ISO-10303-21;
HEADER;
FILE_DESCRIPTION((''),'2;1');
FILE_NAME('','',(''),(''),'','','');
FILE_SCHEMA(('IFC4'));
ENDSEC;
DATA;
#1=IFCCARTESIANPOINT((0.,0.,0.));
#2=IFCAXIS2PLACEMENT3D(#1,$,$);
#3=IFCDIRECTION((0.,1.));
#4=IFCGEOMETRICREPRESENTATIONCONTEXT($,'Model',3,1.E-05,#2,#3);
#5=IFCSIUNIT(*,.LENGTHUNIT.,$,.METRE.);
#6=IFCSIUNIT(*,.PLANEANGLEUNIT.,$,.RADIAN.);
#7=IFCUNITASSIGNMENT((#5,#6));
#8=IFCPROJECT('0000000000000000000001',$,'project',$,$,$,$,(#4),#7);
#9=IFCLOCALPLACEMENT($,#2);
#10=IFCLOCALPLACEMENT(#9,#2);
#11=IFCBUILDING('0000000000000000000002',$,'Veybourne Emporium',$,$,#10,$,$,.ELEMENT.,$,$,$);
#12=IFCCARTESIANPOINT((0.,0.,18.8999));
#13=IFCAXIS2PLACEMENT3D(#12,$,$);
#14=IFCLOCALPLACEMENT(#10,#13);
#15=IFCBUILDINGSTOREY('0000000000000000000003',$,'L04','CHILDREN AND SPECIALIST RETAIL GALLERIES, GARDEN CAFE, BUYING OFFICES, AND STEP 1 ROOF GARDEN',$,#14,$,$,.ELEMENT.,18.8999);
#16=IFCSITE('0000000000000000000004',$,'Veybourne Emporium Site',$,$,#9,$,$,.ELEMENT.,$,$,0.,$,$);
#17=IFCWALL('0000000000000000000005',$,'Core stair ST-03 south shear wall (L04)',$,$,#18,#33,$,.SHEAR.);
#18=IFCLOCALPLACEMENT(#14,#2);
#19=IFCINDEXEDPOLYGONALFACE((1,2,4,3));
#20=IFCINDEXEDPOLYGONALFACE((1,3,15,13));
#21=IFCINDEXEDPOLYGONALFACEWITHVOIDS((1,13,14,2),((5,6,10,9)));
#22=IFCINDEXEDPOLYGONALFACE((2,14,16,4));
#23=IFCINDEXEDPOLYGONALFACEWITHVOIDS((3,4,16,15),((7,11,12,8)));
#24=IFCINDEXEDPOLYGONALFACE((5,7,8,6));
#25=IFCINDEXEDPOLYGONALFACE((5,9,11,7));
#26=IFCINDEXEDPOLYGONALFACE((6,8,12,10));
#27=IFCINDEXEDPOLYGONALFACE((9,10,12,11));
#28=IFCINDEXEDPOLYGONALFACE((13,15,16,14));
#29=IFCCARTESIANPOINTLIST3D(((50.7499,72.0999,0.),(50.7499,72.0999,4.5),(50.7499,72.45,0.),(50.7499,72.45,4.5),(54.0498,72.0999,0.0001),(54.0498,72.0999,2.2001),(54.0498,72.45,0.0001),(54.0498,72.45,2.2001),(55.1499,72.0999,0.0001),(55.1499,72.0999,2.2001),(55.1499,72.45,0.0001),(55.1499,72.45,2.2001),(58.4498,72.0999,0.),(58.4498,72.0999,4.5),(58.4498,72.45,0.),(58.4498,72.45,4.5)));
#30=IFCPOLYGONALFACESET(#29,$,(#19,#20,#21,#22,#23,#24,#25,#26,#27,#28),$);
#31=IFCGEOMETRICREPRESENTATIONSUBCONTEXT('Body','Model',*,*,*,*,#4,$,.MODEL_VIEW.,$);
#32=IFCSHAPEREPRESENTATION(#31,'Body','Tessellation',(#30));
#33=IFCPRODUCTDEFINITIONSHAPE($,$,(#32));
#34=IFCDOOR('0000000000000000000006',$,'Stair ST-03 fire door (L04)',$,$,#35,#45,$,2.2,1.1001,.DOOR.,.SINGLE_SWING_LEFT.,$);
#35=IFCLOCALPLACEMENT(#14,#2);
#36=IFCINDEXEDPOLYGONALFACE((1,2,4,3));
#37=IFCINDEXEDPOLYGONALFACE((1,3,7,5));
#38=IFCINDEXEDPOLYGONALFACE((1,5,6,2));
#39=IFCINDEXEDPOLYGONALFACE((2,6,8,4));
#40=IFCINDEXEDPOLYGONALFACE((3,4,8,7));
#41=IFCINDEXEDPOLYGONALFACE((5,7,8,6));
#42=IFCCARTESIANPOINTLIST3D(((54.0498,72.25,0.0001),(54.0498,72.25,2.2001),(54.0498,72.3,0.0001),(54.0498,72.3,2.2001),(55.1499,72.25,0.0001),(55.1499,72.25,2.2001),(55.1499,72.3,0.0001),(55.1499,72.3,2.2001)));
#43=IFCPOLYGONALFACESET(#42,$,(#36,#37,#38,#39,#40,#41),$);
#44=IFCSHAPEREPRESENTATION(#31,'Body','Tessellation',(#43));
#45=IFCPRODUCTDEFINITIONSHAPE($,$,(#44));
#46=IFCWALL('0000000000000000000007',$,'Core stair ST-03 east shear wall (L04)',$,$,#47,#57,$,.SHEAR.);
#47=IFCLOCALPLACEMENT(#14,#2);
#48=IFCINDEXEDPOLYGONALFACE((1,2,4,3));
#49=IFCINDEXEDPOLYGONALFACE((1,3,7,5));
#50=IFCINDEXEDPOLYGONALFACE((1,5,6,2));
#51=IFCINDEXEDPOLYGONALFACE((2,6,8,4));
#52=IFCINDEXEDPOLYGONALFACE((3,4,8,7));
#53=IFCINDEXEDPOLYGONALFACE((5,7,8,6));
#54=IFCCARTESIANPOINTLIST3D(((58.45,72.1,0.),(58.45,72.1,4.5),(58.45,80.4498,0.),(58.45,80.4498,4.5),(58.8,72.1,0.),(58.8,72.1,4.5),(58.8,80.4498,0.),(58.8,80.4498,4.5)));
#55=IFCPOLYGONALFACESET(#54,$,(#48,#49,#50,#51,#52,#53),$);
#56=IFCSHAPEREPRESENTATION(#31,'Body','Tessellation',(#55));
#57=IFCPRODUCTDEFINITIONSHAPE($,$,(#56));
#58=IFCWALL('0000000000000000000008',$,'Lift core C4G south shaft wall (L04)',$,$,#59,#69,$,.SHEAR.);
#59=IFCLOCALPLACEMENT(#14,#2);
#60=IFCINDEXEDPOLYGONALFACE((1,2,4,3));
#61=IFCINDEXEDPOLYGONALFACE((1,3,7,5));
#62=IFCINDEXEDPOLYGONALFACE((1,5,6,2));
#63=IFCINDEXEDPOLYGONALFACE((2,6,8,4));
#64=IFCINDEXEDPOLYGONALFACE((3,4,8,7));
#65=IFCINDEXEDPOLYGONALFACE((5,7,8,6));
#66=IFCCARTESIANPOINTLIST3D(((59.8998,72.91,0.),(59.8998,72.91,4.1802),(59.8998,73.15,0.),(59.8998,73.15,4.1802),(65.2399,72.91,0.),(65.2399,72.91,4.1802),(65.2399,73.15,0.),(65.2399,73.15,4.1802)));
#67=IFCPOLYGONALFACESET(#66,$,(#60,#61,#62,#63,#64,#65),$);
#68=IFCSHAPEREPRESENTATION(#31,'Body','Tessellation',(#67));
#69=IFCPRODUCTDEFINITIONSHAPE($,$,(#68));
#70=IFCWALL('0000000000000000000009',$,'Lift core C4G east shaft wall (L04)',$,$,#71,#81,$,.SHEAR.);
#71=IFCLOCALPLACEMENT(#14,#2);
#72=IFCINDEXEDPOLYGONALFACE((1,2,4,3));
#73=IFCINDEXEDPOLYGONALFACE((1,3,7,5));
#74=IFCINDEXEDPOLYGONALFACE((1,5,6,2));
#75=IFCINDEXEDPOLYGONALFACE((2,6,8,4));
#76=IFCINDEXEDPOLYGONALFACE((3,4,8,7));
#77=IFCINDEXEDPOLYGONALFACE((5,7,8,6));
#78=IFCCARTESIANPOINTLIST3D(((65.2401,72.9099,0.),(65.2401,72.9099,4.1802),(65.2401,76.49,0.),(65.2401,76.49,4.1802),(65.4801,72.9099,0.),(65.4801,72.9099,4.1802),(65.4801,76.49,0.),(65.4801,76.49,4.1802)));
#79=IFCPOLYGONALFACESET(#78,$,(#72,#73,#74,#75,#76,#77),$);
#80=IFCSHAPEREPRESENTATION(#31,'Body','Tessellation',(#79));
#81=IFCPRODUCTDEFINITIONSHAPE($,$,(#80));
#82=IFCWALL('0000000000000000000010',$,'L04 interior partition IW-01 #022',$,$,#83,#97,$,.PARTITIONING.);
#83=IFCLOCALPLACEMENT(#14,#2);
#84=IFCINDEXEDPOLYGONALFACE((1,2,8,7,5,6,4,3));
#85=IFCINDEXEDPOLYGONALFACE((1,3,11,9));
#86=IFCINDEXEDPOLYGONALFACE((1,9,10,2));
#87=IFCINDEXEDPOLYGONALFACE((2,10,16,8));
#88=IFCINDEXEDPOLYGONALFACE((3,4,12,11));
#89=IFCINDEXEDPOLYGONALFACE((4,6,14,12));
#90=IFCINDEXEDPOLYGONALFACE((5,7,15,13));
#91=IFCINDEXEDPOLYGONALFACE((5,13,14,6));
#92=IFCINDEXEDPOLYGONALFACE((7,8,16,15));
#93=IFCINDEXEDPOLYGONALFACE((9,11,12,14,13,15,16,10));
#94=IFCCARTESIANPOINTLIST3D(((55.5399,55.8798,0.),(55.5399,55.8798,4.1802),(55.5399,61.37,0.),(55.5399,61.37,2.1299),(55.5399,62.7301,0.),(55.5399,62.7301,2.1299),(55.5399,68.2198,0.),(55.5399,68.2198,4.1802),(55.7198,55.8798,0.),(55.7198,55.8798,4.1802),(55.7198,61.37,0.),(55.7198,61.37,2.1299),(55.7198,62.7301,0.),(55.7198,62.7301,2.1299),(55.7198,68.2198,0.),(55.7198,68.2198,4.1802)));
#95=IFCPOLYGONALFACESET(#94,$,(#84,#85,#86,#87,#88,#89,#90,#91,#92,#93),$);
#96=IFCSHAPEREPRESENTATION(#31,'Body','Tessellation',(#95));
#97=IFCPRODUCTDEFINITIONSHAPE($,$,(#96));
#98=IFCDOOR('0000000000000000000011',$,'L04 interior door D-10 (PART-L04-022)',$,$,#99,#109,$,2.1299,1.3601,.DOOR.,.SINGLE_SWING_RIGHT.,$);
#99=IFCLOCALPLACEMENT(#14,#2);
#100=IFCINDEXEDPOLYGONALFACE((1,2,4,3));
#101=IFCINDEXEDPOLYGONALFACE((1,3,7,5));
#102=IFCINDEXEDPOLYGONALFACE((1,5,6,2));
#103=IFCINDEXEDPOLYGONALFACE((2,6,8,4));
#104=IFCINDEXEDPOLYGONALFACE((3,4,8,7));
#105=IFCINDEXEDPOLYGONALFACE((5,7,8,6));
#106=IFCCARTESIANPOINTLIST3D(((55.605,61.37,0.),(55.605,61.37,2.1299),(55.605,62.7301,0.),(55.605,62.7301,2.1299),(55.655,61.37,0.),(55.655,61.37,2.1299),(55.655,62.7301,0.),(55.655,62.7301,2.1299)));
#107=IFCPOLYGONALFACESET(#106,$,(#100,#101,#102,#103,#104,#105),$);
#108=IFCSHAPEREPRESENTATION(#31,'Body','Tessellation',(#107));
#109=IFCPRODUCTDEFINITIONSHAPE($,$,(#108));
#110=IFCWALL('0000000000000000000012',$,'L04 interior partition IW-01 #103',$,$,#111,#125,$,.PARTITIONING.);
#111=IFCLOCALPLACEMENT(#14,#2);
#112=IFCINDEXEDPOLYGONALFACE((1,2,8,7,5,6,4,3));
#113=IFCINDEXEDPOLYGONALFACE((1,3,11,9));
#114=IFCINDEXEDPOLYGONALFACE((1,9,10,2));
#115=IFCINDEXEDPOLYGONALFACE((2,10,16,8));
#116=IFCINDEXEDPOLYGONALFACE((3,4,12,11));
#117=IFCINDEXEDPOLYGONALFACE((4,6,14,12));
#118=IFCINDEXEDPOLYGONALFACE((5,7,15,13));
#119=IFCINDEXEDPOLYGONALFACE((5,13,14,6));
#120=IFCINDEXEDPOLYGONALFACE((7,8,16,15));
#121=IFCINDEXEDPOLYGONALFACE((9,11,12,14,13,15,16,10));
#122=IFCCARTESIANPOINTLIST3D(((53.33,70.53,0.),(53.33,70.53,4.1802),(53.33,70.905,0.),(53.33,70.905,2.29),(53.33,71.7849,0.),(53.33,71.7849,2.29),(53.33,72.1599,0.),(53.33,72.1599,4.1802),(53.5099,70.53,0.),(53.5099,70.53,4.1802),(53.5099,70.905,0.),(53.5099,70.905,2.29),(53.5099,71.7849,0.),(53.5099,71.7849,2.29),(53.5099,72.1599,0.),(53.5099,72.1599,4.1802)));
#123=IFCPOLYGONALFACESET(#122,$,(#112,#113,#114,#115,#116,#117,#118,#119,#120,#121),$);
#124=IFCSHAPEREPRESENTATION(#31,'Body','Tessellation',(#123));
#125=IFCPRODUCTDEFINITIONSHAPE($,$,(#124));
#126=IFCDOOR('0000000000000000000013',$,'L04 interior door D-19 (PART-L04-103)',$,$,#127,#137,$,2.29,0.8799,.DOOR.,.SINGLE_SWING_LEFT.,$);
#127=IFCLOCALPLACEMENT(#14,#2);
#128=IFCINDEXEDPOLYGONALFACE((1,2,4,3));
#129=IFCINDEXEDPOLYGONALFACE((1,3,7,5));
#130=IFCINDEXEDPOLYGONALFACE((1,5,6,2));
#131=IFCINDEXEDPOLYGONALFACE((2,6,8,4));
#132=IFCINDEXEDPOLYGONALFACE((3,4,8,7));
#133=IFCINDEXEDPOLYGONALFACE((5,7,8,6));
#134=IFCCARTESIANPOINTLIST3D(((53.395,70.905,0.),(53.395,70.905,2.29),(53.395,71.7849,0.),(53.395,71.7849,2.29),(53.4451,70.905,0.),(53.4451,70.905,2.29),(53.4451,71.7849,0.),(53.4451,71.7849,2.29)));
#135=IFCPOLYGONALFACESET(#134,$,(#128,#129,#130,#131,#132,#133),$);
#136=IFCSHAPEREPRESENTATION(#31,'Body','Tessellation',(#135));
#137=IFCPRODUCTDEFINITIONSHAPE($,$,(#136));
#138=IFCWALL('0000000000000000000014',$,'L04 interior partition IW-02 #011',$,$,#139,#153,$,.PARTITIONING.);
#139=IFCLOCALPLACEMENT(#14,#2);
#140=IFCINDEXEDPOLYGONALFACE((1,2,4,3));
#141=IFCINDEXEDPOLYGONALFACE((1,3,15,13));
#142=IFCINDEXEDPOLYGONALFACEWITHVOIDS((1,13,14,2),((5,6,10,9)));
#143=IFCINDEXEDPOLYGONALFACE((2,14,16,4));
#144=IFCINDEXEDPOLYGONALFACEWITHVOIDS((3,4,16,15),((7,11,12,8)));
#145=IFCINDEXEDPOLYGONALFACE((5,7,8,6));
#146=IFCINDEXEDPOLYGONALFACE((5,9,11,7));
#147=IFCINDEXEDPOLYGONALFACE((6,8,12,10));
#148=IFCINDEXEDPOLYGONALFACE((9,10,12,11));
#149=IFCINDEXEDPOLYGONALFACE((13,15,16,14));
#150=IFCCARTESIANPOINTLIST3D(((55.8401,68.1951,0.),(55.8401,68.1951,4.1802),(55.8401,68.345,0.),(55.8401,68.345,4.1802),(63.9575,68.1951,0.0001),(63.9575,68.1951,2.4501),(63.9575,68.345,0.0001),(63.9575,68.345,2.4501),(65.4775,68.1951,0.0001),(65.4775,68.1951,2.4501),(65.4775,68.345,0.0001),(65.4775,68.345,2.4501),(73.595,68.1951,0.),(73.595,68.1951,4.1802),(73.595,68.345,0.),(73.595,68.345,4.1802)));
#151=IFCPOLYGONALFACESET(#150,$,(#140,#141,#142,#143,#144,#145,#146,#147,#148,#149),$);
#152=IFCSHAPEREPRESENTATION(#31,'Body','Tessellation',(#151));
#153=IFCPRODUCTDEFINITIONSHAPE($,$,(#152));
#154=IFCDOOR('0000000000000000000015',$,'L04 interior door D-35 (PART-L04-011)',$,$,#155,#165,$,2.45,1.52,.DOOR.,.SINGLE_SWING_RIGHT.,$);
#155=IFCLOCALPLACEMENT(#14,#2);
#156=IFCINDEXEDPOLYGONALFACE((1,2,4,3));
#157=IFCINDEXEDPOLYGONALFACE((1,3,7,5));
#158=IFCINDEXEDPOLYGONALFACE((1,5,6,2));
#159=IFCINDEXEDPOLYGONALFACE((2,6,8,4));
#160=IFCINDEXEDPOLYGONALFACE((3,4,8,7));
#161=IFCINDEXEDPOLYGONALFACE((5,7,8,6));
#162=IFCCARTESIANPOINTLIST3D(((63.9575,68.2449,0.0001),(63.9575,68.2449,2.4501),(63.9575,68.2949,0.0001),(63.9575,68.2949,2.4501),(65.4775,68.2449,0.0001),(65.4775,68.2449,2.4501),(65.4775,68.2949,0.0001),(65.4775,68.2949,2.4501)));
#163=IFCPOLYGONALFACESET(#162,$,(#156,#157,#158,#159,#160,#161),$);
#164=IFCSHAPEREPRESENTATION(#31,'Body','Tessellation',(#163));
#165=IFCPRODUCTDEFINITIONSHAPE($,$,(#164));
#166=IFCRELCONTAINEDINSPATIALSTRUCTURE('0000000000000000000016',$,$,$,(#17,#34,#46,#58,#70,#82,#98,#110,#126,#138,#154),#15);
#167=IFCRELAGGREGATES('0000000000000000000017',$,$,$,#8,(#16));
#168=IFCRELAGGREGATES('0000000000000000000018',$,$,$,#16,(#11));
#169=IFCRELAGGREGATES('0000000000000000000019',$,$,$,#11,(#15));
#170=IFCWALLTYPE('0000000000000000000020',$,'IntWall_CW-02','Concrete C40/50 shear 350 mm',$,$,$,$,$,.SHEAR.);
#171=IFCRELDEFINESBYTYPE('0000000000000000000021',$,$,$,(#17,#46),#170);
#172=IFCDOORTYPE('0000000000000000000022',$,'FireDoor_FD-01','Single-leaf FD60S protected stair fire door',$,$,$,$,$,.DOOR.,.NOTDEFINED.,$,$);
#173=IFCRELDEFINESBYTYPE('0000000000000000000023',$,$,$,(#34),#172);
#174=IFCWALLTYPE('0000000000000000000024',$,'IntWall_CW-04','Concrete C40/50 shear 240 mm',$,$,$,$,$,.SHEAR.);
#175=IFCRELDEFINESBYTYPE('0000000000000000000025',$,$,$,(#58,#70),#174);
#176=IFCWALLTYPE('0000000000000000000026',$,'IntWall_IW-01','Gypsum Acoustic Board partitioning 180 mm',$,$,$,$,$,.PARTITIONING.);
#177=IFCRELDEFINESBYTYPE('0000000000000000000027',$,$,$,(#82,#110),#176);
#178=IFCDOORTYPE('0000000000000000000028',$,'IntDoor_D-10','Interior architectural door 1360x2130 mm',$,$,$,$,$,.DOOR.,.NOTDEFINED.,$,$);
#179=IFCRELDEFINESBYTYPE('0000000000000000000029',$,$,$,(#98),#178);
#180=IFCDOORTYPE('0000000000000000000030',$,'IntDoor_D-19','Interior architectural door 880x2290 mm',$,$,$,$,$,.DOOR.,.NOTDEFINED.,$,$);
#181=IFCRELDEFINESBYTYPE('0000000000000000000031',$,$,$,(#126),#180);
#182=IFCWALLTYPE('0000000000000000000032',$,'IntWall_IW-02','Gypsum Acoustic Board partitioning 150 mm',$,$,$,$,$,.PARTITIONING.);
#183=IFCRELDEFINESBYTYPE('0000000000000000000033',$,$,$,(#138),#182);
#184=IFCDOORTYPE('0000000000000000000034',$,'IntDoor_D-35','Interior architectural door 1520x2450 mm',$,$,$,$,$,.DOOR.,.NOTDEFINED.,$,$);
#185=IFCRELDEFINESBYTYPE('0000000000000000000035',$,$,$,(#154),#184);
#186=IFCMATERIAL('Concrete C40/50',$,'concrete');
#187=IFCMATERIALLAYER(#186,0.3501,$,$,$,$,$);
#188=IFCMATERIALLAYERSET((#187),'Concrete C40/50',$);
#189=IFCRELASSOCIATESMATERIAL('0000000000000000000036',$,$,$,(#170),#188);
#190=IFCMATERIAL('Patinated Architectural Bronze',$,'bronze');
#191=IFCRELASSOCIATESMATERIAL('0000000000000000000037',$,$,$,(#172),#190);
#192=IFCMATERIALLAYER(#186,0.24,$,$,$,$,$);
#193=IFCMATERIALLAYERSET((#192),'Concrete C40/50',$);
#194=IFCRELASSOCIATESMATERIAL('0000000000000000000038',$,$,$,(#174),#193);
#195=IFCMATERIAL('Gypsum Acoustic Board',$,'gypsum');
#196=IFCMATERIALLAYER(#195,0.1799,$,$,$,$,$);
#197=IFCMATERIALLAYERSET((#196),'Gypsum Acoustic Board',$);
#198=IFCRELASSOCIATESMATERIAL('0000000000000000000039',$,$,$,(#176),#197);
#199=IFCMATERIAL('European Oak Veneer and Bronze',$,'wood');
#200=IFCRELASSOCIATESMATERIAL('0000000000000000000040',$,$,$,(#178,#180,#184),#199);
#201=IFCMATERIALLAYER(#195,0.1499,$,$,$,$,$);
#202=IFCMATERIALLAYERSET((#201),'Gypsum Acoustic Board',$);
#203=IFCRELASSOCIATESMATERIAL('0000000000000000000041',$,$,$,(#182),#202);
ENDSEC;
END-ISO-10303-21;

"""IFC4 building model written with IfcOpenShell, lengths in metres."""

from ifc_helpers import new_model, si_unit, direction, frame, frame_2d, origin, place, context, subcontext, project, spatial, rectangle, extrude, material, layer, layer_set, type_object, element, fill, save


model = new_model("IFC4")

# Units and contexts
model_context = context("Model", 3, precision=1e-05, world=origin(), true_north=direction((0.0, 1.0)))
body_context = subcontext(model_context, "Body", "Model", "MODEL_VIEW")
ifc_project = project(units=[si_unit("LENGTHUNIT", "METRE"), si_unit("PLANEANGLEUNIT", "RADIAN")], contexts=[model_context])

# Site, building, storey
site_placement = place(None, origin())
site = spatial("IfcSite", under=ifc_project, at=site_placement, Name="Veybourne Emporium Site", CompositionType="ELEMENT", RefElevation=0.0)
building_placement = place(site_placement, origin())
building = spatial("IfcBuilding", under=site, at=building_placement, Name="Veybourne Emporium", CompositionType="ELEMENT")
storey_placement = place(building_placement, frame((0.0, 0.0, 18.8999)))
storey = spatial("IfcBuildingStorey", under=building, at=storey_placement, Name="L04", Description="CHILDREN AND SPECIALIST RETAIL GALLERIES, GARDEN CAFE, BUYING OFFICES, AND STEP 1 ROOF GARDEN", CompositionType="ELEMENT", Elevation=18.8999)

# Shared definitions
ifc_material_1 = material(Name="Concrete C40/50", Category="concrete")

# Wall, opening, door
ifc_layer_1 = layer(ifc_material_1, 0.3501)
ifc_layer_set_1 = layer_set([ifc_layer_1], Name="Concrete C40/50")
wall_type_1 = type_object("IfcWallType", Name="IntWall_CW-02", Description="Concrete C40/50 shear 350 mm", PredefinedType="SHEAR", material=ifc_layer_set_1)
wall_1_placement = place(storey_placement, frame((58.45, 72.2749, 0.0), z_axis=(0.0, 0.0, 1.0), x_axis=(-1.0, 0.0, 0.0)))
wall_1 = element("IfcWall", 1, at=wall_1_placement, inside=storey, type_object=wall_type_1, Name="Core stair ST-03 south shear wall (L04)", PredefinedType="SHEAR", context=body_context, shape_type="SweptSolid", body=[
    extrude(rectangle(XDim=7.7, YDim=0.3501, at=frame_2d((3.8501, 0.0))), origin(), (0.0, 0.0, 1.0), 4.5),
])
opening_1_placement = place(wall_1_placement, frame((3.3, 0.0, 0.0)))
opening_1 = element("IfcOpeningElement", 2, at=opening_1_placement, cuts=wall_1, PredefinedType="OPENING", context=body_context, shape_type="SweptSolid", body=[
    extrude(rectangle(XDim=1.1001, YDim=2.2, at=frame_2d((0.55, 1.1001))), frame((0.0, 0.1951, 0.0), z_axis=(0.0, -1.0, 0.0), x_axis=(1.0, 0.0, 0.0)), (0.0, 0.0, 1.0), 0.3901),
])
ifc_material_2 = material(Name="Patinated Architectural Bronze", Category="bronze")
door_type_1 = type_object("IfcDoorType", Name="FireDoor_FD-01", Description="Single-leaf FD60S protected stair fire door", OperationType="NOTDEFINED", PredefinedType="DOOR", material=ifc_material_2)
door_1_placement = place(opening_1_placement, origin())
door_1 = element("IfcDoor", 3, at=door_1_placement, inside=storey, type_object=door_type_1, Name="Stair ST-03 fire door (L04)", OperationType="SINGLE_SWING_LEFT", OverallHeight=2.2, OverallWidth=1.1001, PredefinedType="DOOR", context=body_context, shape_type="SweptSolid", body=[
    extrude(rectangle(XDim=1.1001, YDim=2.2, at=frame_2d((0.55, 1.1001))), frame((0.0, 0.0249, 0.0), z_axis=(0.0, -1.0, 0.0), x_axis=(1.0, 0.0, 0.0)), (0.0, 0.0, 1.0), 0.05),
])
fill(opening_1, door_1)

# Walls
wall_2_placement = place(storey_placement, frame((58.625, 72.1001, 0.0), z_axis=(0.0, 0.0, 1.0), x_axis=(0.0, 1.0, 0.0)))
element("IfcWall", 4, at=wall_2_placement, inside=storey, type_object=wall_type_1, Name="Core stair ST-03 east shear wall (L04)", PredefinedType="SHEAR", context=body_context, shape_type="SweptSolid", body=[
    extrude(rectangle(XDim=8.3499, YDim=0.3501, at=frame_2d((4.1748, 0.0))), origin(), (0.0, 0.0, 1.0), 4.5),
])
ifc_layer_2 = layer(ifc_material_1, 0.24)
ifc_layer_set_2 = layer_set([ifc_layer_2], Name="Concrete C40/50")
wall_type_2 = type_object("IfcWallType", Name="IntWall_CW-04", Description="Concrete C40/50 shear 240 mm", PredefinedType="SHEAR", material=ifc_layer_set_2)
wall_3_placement = place(storey_placement, frame((59.8999, 73.03, 0.0), z_axis=(0.0, 0.0, 1.0), x_axis=(1.0, 0.0, 0.0)))
element("IfcWall", 5, at=wall_3_placement, inside=storey, type_object=wall_type_2, Name="Lift core C4G south shaft wall (L04)", PredefinedType="SHEAR", context=body_context, shape_type="SweptSolid", body=[
    extrude(rectangle(XDim=5.3401, YDim=0.24, at=frame_2d((2.6699, 0.0))), origin(), (0.0, 0.0, 1.0), 4.1802),
])
wall_4_placement = place(storey_placement, frame((65.3601, 72.9099, 0.0), z_axis=(0.0, 0.0, 1.0), x_axis=(0.0, 1.0, 0.0)))
element("IfcWall", 6, at=wall_4_placement, inside=storey, type_object=wall_type_2, Name="Lift core C4G east shaft wall (L04)", PredefinedType="SHEAR", context=body_context, shape_type="SweptSolid", body=[
    extrude(rectangle(XDim=3.5801, YDim=0.24, at=frame_2d((1.79, 0.0))), origin(), (0.0, 0.0, 1.0), 4.1802),
])

# Walls, openings, doors
ifc_material_3 = material(Name="Gypsum Acoustic Board", Category="gypsum")
ifc_layer_3 = layer(ifc_material_3, 0.1799)
ifc_layer_set_3 = layer_set([ifc_layer_3], Name="Gypsum Acoustic Board")
wall_type_3 = type_object("IfcWallType", Name="IntWall_IW-01", Description="Gypsum Acoustic Board partitioning 180 mm", PredefinedType="PARTITIONING", material=ifc_layer_set_3)
wall_5_placement = place(storey_placement, frame((55.6299, 55.8799, 0.0), z_axis=(0.0, 0.0, 1.0), x_axis=(0.0, 1.0, 0.0)))
wall_5 = element("IfcWall", 7, at=wall_5_placement, inside=storey, type_object=wall_type_3, Name="L04 interior partition IW-01 #022", PredefinedType="PARTITIONING", context=body_context, shape_type="SweptSolid", body=[
    extrude(rectangle(XDim=12.3401, YDim=0.1799, at=frame_2d((6.1699, 0.0))), origin(), (0.0, 0.0, 1.0), 4.1802),
])
opening_2_placement = place(wall_5_placement, frame((5.49, 0.0, 0.0)))
opening_2 = element("IfcOpeningElement", 8, at=opening_2_placement, cuts=wall_5, PredefinedType="OPENING", context=body_context, shape_type="SweptSolid", body=[
    extrude(rectangle(XDim=1.3601, YDim=2.1299, at=frame_2d((0.6802, 1.0649))), frame((0.0, 0.1099, 0.0), z_axis=(0.0, -1.0, 0.0), x_axis=(1.0, 0.0, 0.0)), (0.0, 0.0, 1.0), 0.22),
])
ifc_material_4 = material(Name="European Oak Veneer and Bronze", Category="wood")
door_type_2 = type_object("IfcDoorType", Name="IntDoor_D-10", Description="Interior architectural door 1360x2130 mm", OperationType="NOTDEFINED", PredefinedType="DOOR", material=ifc_material_4)
door_2_placement = place(opening_2_placement, origin())
door_2 = element("IfcDoor", 9, at=door_2_placement, inside=storey, type_object=door_type_2, Name="L04 interior door D-10 (PART-L04-022)", OperationType="SINGLE_SWING_RIGHT", OverallHeight=2.1299, OverallWidth=1.3601, PredefinedType="DOOR", context=body_context, shape_type="SweptSolid", body=[
    extrude(rectangle(XDim=1.3601, YDim=2.1299, at=frame_2d((0.6802, 1.0649))), frame((0.0, 0.0249, 0.0), z_axis=(0.0, -1.0, 0.0), x_axis=(1.0, 0.0, 0.0)), (0.0, 0.0, 1.0), 0.05),
])
fill(opening_2, door_2)
wall_6_placement = place(storey_placement, frame((53.4199, 70.53, 0.0), z_axis=(0.0, 0.0, 1.0), x_axis=(0.0, 1.0, 0.0)))
wall_6 = element("IfcWall", 10, at=wall_6_placement, inside=storey, type_object=wall_type_3, Name="L04 interior partition IW-01 #103", PredefinedType="PARTITIONING", context=body_context, shape_type="SweptSolid", body=[
    extrude(rectangle(XDim=1.6299, YDim=0.1799, at=frame_2d((0.8149, 0.0))), origin(), (0.0, 0.0, 1.0), 4.1802),
])
opening_3_placement = place(wall_6_placement, frame((0.375, 0.0, 0.0)))
opening_3 = element("IfcOpeningElement", 11, at=opening_3_placement, cuts=wall_6, PredefinedType="OPENING", context=body_context, shape_type="SweptSolid", body=[
    extrude(rectangle(XDim=0.8799, YDim=2.29, at=frame_2d((0.4399, 1.145))), frame((0.0, 0.1099, 0.0), z_axis=(0.0, -1.0, 0.0), x_axis=(1.0, 0.0, 0.0)), (0.0, 0.0, 1.0), 0.22),
])
door_type_3 = type_object("IfcDoorType", Name="IntDoor_D-19", Description="Interior architectural door 880x2290 mm", OperationType="NOTDEFINED", PredefinedType="DOOR", material=ifc_material_4)
door_3_placement = place(opening_3_placement, origin())
door_3 = element("IfcDoor", 12, at=door_3_placement, inside=storey, type_object=door_type_3, Name="L04 interior door D-19 (PART-L04-103)", OperationType="SINGLE_SWING_LEFT", OverallHeight=2.29, OverallWidth=0.8799, PredefinedType="DOOR", context=body_context, shape_type="SweptSolid", body=[
    extrude(rectangle(XDim=0.8799, YDim=2.29, at=frame_2d((0.4399, 1.145))), frame((0.0, 0.0249, 0.0), z_axis=(0.0, -1.0, 0.0), x_axis=(1.0, 0.0, 0.0)), (0.0, 0.0, 1.0), 0.05),
])
fill(opening_3, door_3)
ifc_layer_4 = layer(ifc_material_3, 0.1499)
ifc_layer_set_4 = layer_set([ifc_layer_4], Name="Gypsum Acoustic Board")
wall_type_4 = type_object("IfcWallType", Name="IntWall_IW-02", Description="Gypsum Acoustic Board partitioning 150 mm", PredefinedType="PARTITIONING", material=ifc_layer_set_4)
wall_7_placement = place(storey_placement, frame((55.8401, 68.27, 0.0), z_axis=(0.0, 0.0, 1.0), x_axis=(1.0, 0.0, 0.0)))
wall_7 = element("IfcWall", 13, at=wall_7_placement, inside=storey, type_object=wall_type_4, Name="L04 interior partition IW-02 #011", PredefinedType="PARTITIONING", context=body_context, shape_type="SweptSolid", body=[
    extrude(rectangle(XDim=17.7549, YDim=0.1499, at=frame_2d((8.8774, 0.0))), origin(), (0.0, 0.0, 1.0), 4.1802),
])
opening_4_placement = place(wall_7_placement, frame((8.1174, 0.0, 0.0)))
opening_4 = element("IfcOpeningElement", 14, at=opening_4_placement, cuts=wall_7, PredefinedType="OPENING", context=body_context, shape_type="SweptSolid", body=[
    extrude(rectangle(XDim=1.52, YDim=2.45, at=frame_2d((0.76, 1.2251))), frame((0.0, 0.095, 0.0), z_axis=(0.0, -1.0, 0.0), x_axis=(1.0, 0.0, 0.0)), (0.0, 0.0, 1.0), 0.1899),
])
door_type_4 = type_object("IfcDoorType", Name="IntDoor_D-35", Description="Interior architectural door 1520x2450 mm", OperationType="NOTDEFINED", PredefinedType="DOOR", material=ifc_material_4)
door_4_placement = place(opening_4_placement, origin())
door_4 = element("IfcDoor", 15, at=door_4_placement, inside=storey, type_object=door_type_4, Name="L04 interior door D-35 (PART-L04-011)", OperationType="SINGLE_SWING_RIGHT", OverallHeight=2.45, OverallWidth=1.52, PredefinedType="DOOR", context=body_context, shape_type="SweptSolid", body=[
    extrude(rectangle(XDim=1.52, YDim=2.45, at=frame_2d((0.76, 1.2251))), frame((0.0, 0.0249, 0.0), z_axis=(0.0, -1.0, 0.0), x_axis=(1.0, 0.0, 0.0)), (0.0, 0.0, 1.0), 0.05),
])
fill(opening_4, door_4)

save(model, "model.ifc")
